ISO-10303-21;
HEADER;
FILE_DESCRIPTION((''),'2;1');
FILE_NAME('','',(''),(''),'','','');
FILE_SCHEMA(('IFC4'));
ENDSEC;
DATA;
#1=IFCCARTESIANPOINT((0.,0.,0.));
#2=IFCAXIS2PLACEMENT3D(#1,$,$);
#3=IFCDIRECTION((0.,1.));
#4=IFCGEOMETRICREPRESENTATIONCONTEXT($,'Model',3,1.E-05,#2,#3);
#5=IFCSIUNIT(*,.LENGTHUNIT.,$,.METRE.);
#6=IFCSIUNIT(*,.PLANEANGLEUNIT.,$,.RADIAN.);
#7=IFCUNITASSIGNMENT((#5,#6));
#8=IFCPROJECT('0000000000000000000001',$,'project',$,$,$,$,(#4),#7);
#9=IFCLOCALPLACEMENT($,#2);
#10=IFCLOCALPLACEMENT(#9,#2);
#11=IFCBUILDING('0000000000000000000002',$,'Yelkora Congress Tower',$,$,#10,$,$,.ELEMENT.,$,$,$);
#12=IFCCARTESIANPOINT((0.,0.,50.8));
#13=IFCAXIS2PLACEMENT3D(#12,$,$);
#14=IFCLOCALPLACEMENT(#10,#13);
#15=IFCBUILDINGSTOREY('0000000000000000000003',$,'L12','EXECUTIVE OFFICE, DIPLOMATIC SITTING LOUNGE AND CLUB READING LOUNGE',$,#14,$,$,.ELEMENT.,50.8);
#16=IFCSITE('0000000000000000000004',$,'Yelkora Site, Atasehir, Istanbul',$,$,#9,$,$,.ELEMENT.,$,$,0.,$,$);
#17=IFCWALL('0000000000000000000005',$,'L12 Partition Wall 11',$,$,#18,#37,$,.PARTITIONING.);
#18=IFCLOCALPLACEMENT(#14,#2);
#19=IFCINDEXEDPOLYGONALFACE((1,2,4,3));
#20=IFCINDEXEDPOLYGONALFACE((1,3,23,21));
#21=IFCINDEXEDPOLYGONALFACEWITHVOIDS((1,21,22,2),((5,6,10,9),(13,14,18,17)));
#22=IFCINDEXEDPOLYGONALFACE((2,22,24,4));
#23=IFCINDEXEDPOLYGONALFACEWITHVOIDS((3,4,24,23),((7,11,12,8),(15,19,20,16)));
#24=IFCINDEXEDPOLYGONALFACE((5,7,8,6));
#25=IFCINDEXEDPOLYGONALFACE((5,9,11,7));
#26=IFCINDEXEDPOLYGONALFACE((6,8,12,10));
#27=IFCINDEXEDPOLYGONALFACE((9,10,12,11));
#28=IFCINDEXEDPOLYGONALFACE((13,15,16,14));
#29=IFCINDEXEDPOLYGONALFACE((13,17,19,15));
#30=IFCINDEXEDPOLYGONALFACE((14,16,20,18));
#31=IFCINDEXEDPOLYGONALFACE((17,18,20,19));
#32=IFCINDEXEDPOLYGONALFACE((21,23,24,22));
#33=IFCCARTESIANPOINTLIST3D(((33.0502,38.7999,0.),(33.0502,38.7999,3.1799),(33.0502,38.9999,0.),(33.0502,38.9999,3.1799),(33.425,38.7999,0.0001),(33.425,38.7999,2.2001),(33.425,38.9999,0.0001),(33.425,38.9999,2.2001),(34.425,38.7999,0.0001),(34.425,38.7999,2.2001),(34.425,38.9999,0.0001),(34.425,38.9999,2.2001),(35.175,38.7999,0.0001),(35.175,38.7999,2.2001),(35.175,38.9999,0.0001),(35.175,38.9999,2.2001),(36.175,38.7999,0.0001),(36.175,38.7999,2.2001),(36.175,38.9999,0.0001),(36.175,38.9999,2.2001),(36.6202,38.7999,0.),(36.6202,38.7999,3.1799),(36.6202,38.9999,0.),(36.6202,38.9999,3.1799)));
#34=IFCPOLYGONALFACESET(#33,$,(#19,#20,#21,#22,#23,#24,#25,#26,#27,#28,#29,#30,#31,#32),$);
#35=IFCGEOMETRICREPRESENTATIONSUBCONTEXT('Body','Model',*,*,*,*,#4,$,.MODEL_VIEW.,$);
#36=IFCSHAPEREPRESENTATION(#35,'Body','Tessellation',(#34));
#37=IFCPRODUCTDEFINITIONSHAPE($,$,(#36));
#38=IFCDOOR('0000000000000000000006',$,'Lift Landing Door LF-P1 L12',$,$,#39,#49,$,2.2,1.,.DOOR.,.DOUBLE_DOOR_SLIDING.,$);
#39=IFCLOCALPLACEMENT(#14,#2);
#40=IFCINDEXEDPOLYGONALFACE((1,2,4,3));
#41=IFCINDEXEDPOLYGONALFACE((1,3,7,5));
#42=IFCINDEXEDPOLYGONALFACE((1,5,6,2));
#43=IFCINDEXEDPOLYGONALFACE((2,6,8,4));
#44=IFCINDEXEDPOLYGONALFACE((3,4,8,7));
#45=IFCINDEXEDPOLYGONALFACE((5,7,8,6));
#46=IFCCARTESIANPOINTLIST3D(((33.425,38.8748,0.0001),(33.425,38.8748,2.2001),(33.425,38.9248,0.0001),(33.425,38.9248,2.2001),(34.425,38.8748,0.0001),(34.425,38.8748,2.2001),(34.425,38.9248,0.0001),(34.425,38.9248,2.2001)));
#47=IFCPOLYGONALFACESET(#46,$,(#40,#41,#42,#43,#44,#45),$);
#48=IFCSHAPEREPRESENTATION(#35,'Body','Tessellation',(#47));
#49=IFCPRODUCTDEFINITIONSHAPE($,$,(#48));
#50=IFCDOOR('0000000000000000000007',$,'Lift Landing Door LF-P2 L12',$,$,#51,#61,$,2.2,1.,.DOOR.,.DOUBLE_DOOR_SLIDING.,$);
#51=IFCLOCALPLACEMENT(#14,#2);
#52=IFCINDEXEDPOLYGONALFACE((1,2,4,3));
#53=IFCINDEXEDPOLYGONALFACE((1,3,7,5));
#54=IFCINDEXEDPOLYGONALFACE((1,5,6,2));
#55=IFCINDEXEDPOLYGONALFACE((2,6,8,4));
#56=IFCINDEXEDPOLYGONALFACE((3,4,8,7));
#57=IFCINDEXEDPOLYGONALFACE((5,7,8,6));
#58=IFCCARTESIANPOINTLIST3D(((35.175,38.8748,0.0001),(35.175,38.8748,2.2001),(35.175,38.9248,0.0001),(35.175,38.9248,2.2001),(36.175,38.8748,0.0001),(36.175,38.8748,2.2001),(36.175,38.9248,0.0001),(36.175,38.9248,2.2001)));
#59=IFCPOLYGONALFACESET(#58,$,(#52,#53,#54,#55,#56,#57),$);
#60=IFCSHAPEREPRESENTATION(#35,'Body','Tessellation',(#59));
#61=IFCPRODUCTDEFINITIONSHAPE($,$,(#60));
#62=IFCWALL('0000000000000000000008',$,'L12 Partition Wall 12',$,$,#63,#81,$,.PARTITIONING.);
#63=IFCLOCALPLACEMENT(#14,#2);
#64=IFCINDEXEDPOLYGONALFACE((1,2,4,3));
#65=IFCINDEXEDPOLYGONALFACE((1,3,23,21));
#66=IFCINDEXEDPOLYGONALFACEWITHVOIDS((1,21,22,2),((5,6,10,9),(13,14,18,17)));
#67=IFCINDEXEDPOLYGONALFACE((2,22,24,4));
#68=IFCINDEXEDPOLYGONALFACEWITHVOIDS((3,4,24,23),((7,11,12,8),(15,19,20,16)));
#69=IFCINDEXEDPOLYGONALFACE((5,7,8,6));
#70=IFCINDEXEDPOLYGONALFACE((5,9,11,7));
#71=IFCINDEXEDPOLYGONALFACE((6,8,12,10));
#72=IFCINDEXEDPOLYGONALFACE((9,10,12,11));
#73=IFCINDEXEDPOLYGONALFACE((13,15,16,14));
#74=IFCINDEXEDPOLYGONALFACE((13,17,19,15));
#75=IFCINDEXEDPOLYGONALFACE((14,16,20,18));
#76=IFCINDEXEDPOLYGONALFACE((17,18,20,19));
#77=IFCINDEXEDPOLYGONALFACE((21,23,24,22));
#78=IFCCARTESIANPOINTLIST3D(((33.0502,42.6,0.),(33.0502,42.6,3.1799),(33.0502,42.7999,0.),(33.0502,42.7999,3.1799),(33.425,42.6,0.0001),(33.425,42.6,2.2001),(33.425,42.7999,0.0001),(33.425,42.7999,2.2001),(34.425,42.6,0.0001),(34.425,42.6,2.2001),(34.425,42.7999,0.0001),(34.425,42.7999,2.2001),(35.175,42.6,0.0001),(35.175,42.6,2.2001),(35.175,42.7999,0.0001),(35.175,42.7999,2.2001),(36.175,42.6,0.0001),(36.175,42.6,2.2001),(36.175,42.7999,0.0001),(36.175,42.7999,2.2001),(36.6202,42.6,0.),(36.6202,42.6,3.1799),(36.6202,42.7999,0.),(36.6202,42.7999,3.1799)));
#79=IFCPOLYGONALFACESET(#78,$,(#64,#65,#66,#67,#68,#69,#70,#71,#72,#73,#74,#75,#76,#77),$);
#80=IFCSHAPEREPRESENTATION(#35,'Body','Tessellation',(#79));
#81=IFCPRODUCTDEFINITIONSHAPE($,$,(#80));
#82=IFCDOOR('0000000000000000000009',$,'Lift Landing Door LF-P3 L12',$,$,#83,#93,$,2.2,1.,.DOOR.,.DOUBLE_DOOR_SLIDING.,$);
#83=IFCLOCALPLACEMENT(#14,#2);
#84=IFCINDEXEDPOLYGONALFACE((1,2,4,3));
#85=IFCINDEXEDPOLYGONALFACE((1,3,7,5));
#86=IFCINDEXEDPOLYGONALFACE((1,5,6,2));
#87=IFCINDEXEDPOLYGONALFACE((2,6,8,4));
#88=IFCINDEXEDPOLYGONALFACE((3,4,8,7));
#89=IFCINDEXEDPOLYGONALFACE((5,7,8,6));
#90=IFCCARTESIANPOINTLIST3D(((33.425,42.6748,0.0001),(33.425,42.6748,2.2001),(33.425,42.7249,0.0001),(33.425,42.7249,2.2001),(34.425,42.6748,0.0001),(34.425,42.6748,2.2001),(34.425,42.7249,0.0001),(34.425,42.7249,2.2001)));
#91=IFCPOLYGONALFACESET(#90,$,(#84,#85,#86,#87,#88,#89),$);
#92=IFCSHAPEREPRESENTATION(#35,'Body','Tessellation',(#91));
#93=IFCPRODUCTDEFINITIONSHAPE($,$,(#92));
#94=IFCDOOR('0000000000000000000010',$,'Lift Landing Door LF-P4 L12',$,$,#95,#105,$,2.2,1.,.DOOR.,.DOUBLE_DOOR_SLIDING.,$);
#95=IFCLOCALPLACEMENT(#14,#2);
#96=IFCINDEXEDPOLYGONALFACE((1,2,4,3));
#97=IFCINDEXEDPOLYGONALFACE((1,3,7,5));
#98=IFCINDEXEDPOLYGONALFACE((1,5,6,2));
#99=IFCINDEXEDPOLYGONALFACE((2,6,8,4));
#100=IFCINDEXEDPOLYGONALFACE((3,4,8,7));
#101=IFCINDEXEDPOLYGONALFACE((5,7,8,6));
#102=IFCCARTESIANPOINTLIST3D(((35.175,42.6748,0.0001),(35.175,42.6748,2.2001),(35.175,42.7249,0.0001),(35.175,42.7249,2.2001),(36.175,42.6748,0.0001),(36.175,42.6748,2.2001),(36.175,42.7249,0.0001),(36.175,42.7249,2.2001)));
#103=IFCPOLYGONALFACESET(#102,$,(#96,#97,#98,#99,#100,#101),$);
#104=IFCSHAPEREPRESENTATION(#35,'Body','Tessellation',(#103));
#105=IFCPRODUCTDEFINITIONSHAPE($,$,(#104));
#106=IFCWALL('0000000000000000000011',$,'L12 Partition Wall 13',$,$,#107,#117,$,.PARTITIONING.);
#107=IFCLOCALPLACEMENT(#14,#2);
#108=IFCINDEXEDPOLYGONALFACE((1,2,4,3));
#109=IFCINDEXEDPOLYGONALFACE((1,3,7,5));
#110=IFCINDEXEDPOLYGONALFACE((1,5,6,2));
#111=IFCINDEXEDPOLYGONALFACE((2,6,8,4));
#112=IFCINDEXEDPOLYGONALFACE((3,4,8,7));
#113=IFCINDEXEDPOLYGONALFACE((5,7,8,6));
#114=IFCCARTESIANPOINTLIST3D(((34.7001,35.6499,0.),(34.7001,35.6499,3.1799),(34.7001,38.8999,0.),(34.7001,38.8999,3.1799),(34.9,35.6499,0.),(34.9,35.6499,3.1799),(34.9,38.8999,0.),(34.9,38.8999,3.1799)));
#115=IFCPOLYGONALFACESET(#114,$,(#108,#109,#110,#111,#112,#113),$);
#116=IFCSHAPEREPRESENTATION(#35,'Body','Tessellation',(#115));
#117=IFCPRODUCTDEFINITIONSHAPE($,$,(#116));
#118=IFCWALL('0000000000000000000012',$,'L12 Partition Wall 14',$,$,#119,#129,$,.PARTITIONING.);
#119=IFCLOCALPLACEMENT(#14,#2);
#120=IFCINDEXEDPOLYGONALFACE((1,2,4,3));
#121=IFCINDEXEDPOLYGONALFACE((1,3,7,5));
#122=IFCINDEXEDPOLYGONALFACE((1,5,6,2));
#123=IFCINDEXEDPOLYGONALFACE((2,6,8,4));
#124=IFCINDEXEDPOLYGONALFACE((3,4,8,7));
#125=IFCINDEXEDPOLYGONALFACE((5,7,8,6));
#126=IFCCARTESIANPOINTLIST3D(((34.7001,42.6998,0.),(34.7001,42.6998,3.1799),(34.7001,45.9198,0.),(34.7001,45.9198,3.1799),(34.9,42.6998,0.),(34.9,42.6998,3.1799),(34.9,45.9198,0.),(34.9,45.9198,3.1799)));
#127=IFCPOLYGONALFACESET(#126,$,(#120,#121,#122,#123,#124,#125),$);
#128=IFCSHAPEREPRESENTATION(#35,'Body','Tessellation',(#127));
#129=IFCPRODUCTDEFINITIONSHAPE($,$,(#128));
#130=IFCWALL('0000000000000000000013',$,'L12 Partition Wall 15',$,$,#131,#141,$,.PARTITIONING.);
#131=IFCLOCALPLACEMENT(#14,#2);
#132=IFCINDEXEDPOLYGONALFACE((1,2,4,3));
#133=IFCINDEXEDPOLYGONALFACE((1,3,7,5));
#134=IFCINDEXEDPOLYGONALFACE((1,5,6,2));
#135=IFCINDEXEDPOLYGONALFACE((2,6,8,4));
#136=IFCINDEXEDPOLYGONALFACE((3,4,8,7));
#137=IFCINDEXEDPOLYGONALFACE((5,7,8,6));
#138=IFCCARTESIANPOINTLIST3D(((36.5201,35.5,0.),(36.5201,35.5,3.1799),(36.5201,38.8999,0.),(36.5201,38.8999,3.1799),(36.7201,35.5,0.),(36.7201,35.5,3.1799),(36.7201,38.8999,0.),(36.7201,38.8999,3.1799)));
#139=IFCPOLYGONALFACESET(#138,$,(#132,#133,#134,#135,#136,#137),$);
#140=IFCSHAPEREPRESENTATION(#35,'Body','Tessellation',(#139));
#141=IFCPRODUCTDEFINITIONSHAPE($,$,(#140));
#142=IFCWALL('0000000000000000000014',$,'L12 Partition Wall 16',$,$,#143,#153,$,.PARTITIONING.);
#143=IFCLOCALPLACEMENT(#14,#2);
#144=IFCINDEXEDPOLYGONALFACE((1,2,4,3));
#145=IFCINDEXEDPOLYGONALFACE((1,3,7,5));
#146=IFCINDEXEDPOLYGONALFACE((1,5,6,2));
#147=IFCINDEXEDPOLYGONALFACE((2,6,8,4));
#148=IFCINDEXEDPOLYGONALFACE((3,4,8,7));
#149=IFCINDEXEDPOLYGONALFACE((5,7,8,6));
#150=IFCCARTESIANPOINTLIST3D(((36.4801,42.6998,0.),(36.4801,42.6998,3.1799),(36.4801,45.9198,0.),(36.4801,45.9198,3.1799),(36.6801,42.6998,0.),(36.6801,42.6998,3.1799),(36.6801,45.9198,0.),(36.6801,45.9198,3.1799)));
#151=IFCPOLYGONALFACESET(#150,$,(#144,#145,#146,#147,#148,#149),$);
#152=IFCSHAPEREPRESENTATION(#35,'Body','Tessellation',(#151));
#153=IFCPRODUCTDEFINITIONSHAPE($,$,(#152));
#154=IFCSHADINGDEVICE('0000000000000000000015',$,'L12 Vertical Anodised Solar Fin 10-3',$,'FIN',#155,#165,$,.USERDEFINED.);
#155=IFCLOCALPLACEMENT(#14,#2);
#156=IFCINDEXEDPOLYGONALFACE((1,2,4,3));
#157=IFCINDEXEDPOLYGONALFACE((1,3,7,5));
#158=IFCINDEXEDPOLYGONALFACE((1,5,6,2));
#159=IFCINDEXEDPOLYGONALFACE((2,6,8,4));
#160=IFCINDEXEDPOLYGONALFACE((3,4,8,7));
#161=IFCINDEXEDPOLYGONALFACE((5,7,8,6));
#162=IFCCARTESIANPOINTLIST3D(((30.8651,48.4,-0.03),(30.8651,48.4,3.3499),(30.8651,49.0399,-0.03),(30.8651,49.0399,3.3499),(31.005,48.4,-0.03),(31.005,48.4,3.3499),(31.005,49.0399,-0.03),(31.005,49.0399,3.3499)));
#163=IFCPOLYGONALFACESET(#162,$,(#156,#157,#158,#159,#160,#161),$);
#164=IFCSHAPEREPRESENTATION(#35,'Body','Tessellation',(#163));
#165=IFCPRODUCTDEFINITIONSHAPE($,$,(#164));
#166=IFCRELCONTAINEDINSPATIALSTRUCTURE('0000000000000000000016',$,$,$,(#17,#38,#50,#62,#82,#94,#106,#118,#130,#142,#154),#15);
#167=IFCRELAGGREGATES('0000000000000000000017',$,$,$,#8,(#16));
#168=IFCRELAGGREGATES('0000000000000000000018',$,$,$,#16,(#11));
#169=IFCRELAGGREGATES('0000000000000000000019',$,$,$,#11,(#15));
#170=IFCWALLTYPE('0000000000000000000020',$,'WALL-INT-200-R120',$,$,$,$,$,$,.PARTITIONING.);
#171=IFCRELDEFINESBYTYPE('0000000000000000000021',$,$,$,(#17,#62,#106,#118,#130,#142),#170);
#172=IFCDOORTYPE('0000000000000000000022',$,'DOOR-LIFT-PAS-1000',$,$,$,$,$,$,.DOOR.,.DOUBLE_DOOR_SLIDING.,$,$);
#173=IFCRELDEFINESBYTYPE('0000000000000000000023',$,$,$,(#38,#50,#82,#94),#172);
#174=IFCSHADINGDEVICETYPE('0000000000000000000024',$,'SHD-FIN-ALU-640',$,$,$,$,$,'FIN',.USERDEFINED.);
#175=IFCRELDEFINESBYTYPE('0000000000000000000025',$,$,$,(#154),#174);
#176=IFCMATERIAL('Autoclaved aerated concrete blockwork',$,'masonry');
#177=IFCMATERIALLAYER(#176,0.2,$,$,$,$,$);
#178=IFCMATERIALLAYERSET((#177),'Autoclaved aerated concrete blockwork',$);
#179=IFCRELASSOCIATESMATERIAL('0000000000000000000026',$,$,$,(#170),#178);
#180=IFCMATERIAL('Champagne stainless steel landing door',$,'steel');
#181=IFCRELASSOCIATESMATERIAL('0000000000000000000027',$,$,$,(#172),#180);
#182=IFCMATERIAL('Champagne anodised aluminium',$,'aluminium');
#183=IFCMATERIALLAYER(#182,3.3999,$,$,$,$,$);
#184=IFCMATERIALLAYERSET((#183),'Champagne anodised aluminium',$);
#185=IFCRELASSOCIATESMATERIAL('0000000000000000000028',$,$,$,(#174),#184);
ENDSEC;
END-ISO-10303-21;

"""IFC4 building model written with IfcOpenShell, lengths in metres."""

from ifc_helpers import new_model, si_unit, direction, frame, frame_2d, origin, origin_2d, place, context, subcontext, project, spatial, rectangle, extrude, material, layer, layer_set, type_object, element, fill, save


model = new_model("IFC4")

# Units and contexts
model_context = context("Model", 3, precision=1e-05, world=origin(), true_north=direction((0.0, 1.0)))
body_context = subcontext(model_context, "Body", "Model", "MODEL_VIEW")
ifc_project = project(units=[si_unit("LENGTHUNIT", "METRE"), si_unit("PLANEANGLEUNIT", "RADIAN")], contexts=[model_context])

# Site, building, storey
site_placement = place(None, origin())
site = spatial("IfcSite", under=ifc_project, at=site_placement, Name="Yelkora Site, Atasehir, Istanbul", CompositionType="ELEMENT", RefElevation=0.0)
building_placement = place(site_placement, origin())
building = spatial("IfcBuilding", under=site, at=building_placement, Name="Yelkora Congress Tower", CompositionType="ELEMENT")
storey_placement = place(building_placement, frame((0.0, 0.0, 50.8)))
storey = spatial("IfcBuildingStorey", under=building, at=storey_placement, Name="L12", Description="EXECUTIVE OFFICE, DIPLOMATIC SITTING LOUNGE AND CLUB READING LOUNGE", CompositionType="ELEMENT", Elevation=50.8)

# Shared definitions
ifc_material_1 = material(Name="Autoclaved aerated concrete blockwork", Category="masonry")
ifc_layer_1 = layer(ifc_material_1, 0.2)
ifc_layer_set_1 = layer_set([ifc_layer_1], Name="Autoclaved aerated concrete blockwork")
wall_type_1 = type_object("IfcWallType", Name="WALL-INT-200-R120", PredefinedType="PARTITIONING", material=ifc_layer_set_1)

# Walls, openings, doors
wall_1_placement = place(storey_placement, frame((33.05, 38.8999, 0.0), z_axis=(0.0, 0.0, 1.0), x_axis=(1.0, 0.0, 0.0)))
wall_1 = element("IfcWall", 1, at=wall_1_placement, inside=storey, type_object=wall_type_1, Name="L12 Partition Wall 11", PredefinedType="PARTITIONING", context=body_context, shape_type="SweptSolid", body=[
    extrude(rectangle(XDim=3.5701, YDim=0.2, at=frame_2d((1.7852, 0.0))), origin(), (0.0, 0.0, 1.0), 3.1799),
])
opening_1_placement = place(wall_1_placement, frame((0.375, 0.0, 0.0)))
opening_1 = element("IfcOpeningElement", 2, at=opening_1_placement, cuts=wall_1, PredefinedType="OPENING", context=body_context, shape_type="SweptSolid", body=[
    extrude(rectangle(XDim=1.0, YDim=2.2, at=frame_2d((0.5, 1.1001))), frame((0.0, 0.1099, 0.0), z_axis=(0.0, -1.0, 0.0), x_axis=(1.0, 0.0, 0.0)), (0.0, 0.0, 1.0), 0.22),
])
opening_2_placement = place(wall_1_placement, frame((2.125, 0.0, 0.0)))
opening_2 = element("IfcOpeningElement", 3, at=opening_2_placement, cuts=wall_1, PredefinedType="OPENING", context=body_context, shape_type="SweptSolid", body=[
    extrude(rectangle(XDim=1.0, YDim=2.2, at=frame_2d((0.5, 1.1001))), frame((0.0, 0.1099, 0.0), z_axis=(0.0, -1.0, 0.0), x_axis=(1.0, 0.0, 0.0)), (0.0, 0.0, 1.0), 0.22),
])
ifc_material_2 = material(Name="Champagne stainless steel landing door", Category="steel")
door_type_1 = type_object("IfcDoorType", Name="DOOR-LIFT-PAS-1000", OperationType="DOUBLE_DOOR_SLIDING", PredefinedType="DOOR", material=ifc_material_2)
door_1_placement = place(opening_1_placement, origin())
door_1 = element("IfcDoor", 4, at=door_1_placement, inside=storey, type_object=door_type_1, Name="Lift Landing Door LF-P1 L12", OperationType="DOUBLE_DOOR_SLIDING", OverallHeight=2.2, OverallWidth=1.0, PredefinedType="DOOR", context=body_context, shape_type="SweptSolid", body=[
    extrude(rectangle(XDim=1.0, YDim=2.2, at=frame_2d((0.5, 1.1001))), frame((0.0, 0.0249, 0.0), z_axis=(0.0, -1.0, 0.0), x_axis=(1.0, 0.0, 0.0)), (0.0, 0.0, 1.0), 0.05),
])
fill(opening_1, door_1)
door_2_placement = place(opening_2_placement, origin())
door_2 = element("IfcDoor", 5, at=door_2_placement, inside=storey, type_object=door_type_1, Name="Lift Landing Door LF-P2 L12", OperationType="DOUBLE_DOOR_SLIDING", OverallHeight=2.2, OverallWidth=1.0, PredefinedType="DOOR", context=body_context, shape_type="SweptSolid", body=[
    extrude(rectangle(XDim=1.0, YDim=2.2, at=frame_2d((0.5, 1.1001))), frame((0.0, 0.0249, 0.0), z_axis=(0.0, -1.0, 0.0), x_axis=(1.0, 0.0, 0.0)), (0.0, 0.0, 1.0), 0.05),
])
fill(opening_2, door_2)
wall_2_placement = place(storey_placement, frame((33.05, 42.7, 0.0), z_axis=(0.0, 0.0, 1.0), x_axis=(1.0, 0.0, 0.0)))
wall_2 = element("IfcWall", 6, at=wall_2_placement, inside=storey, type_object=wall_type_1, Name="L12 Partition Wall 12", PredefinedType="PARTITIONING", context=body_context, shape_type="SweptSolid", body=[
    extrude(rectangle(XDim=3.5701, YDim=0.2, at=frame_2d((1.7852, 0.0))), origin(), (0.0, 0.0, 1.0), 3.1799),
])
opening_3_placement = place(wall_2_placement, frame((0.375, 0.0, 0.0)))
opening_3 = element("IfcOpeningElement", 7, at=opening_3_placement, cuts=wall_2, PredefinedType="OPENING", context=body_context, shape_type="SweptSolid", body=[
    extrude(rectangle(XDim=1.0, YDim=2.2, at=frame_2d((0.5, 1.1001))), frame((0.0, 0.1099, 0.0), z_axis=(0.0, -1.0, 0.0), x_axis=(1.0, 0.0, 0.0)), (0.0, 0.0, 1.0), 0.22),
])
opening_4_placement = place(wall_2_placement, frame((2.125, 0.0, 0.0)))
opening_4 = element("IfcOpeningElement", 8, at=opening_4_placement, cuts=wall_2, PredefinedType="OPENING", context=body_context, shape_type="SweptSolid", body=[
    extrude(rectangle(XDim=1.0, YDim=2.2, at=frame_2d((0.5, 1.1001))), frame((0.0, 0.1099, 0.0), z_axis=(0.0, -1.0, 0.0), x_axis=(1.0, 0.0, 0.0)), (0.0, 0.0, 1.0), 0.22),
])
door_3_placement = place(opening_3_placement, origin())
door_3 = element("IfcDoor", 9, at=door_3_placement, inside=storey, type_object=door_type_1, Name="Lift Landing Door LF-P3 L12", OperationType="DOUBLE_DOOR_SLIDING", OverallHeight=2.2, OverallWidth=1.0, PredefinedType="DOOR", context=body_context, shape_type="SweptSolid", body=[
    extrude(rectangle(XDim=1.0, YDim=2.2, at=frame_2d((0.5, 1.1001))), frame((0.0, 0.0249, 0.0), z_axis=(0.0, -1.0, 0.0), x_axis=(1.0, 0.0, 0.0)), (0.0, 0.0, 1.0), 0.05),
])
fill(opening_3, door_3)
door_4_placement = place(opening_4_placement, origin())
door_4 = element("IfcDoor", 10, at=door_4_placement, inside=storey, type_object=door_type_1, Name="Lift Landing Door LF-P4 L12", OperationType="DOUBLE_DOOR_SLIDING", OverallHeight=2.2, OverallWidth=1.0, PredefinedType="DOOR", context=body_context, shape_type="SweptSolid", body=[
    extrude(rectangle(XDim=1.0, YDim=2.2, at=frame_2d((0.5, 1.1001))), frame((0.0, 0.0249, 0.0), z_axis=(0.0, -1.0, 0.0), x_axis=(1.0, 0.0, 0.0)), (0.0, 0.0, 1.0), 0.05),
])
fill(opening_4, door_4)

# Walls
wall_3_placement = place(storey_placement, frame((34.8, 35.6499, 0.0), z_axis=(0.0, 0.0, 1.0), x_axis=(0.0, 1.0, 0.0)))
element("IfcWall", 11, at=wall_3_placement, inside=storey, type_object=wall_type_1, Name="L12 Partition Wall 13", PredefinedType="PARTITIONING", context=body_context, shape_type="SweptSolid", body=[
    extrude(rectangle(XDim=3.25, YDim=0.2, at=frame_2d((1.625, 0.0))), origin(), (0.0, 0.0, 1.0), 3.1799),
])
wall_4_placement = place(storey_placement, frame((34.8, 42.7, 0.0), z_axis=(0.0, 0.0, 1.0), x_axis=(0.0, 1.0, 0.0)))
element("IfcWall", 12, at=wall_4_placement, inside=storey, type_object=wall_type_1, Name="L12 Partition Wall 14", PredefinedType="PARTITIONING", context=body_context, shape_type="SweptSolid", body=[
    extrude(rectangle(XDim=3.22, YDim=0.2, at=frame_2d((1.6099, 0.0))), origin(), (0.0, 0.0, 1.0), 3.1799),
])
wall_5_placement = place(storey_placement, frame((36.6201, 35.5, 0.0), z_axis=(0.0, 0.0, 1.0), x_axis=(0.0, 1.0, 0.0)))
element("IfcWall", 13, at=wall_5_placement, inside=storey, type_object=wall_type_1, Name="L12 Partition Wall 15", PredefinedType="PARTITIONING", context=body_context, shape_type="SweptSolid", body=[
    extrude(rectangle(XDim=3.3999, YDim=0.2, at=frame_2d((1.7, 0.0))), origin(), (0.0, 0.0, 1.0), 3.1799),
])
wall_6_placement = place(storey_placement, frame((36.5801, 42.7, 0.0), z_axis=(0.0, 0.0, 1.0), x_axis=(0.0, 1.0, 0.0)))
element("IfcWall", 14, at=wall_6_placement, inside=storey, type_object=wall_type_1, Name="L12 Partition Wall 16", PredefinedType="PARTITIONING", context=body_context, shape_type="SweptSolid", body=[
    extrude(rectangle(XDim=3.22, YDim=0.2, at=frame_2d((1.6099, 0.0))), origin(), (0.0, 0.0, 1.0), 3.1799),
])

# Shading device
ifc_material_3 = material(Name="Champagne anodised aluminium", Category="aluminium")
ifc_layer_2 = layer(ifc_material_3, 3.3999)
ifc_layer_set_2 = layer_set([ifc_layer_2], Name="Champagne anodised aluminium")
shading_device_type = type_object("IfcShadingDeviceType", Name="SHD-FIN-ALU-640", ElementType="FIN", PredefinedType="USERDEFINED", material=ifc_layer_set_2)
shading_device_placement = place(storey_placement, frame((30.9351, 48.72, -0.03), z_axis=(0.0, 0.0, 1.0), x_axis=(1.0, 0.0, 0.0)))
element("IfcShadingDevice", 15, at=shading_device_placement, inside=storey, type_object=shading_device_type, Name="L12 Vertical Anodised Solar Fin 10-3", ObjectType="FIN", PredefinedType="USERDEFINED", context=body_context, shape_type="SweptSolid", body=[
    extrude(rectangle(XDim=0.1399, YDim=0.6399, at=origin_2d()), origin(), (0.0, 0.0, 1.0), 3.3799),
])

save(model, "model.ifc")
